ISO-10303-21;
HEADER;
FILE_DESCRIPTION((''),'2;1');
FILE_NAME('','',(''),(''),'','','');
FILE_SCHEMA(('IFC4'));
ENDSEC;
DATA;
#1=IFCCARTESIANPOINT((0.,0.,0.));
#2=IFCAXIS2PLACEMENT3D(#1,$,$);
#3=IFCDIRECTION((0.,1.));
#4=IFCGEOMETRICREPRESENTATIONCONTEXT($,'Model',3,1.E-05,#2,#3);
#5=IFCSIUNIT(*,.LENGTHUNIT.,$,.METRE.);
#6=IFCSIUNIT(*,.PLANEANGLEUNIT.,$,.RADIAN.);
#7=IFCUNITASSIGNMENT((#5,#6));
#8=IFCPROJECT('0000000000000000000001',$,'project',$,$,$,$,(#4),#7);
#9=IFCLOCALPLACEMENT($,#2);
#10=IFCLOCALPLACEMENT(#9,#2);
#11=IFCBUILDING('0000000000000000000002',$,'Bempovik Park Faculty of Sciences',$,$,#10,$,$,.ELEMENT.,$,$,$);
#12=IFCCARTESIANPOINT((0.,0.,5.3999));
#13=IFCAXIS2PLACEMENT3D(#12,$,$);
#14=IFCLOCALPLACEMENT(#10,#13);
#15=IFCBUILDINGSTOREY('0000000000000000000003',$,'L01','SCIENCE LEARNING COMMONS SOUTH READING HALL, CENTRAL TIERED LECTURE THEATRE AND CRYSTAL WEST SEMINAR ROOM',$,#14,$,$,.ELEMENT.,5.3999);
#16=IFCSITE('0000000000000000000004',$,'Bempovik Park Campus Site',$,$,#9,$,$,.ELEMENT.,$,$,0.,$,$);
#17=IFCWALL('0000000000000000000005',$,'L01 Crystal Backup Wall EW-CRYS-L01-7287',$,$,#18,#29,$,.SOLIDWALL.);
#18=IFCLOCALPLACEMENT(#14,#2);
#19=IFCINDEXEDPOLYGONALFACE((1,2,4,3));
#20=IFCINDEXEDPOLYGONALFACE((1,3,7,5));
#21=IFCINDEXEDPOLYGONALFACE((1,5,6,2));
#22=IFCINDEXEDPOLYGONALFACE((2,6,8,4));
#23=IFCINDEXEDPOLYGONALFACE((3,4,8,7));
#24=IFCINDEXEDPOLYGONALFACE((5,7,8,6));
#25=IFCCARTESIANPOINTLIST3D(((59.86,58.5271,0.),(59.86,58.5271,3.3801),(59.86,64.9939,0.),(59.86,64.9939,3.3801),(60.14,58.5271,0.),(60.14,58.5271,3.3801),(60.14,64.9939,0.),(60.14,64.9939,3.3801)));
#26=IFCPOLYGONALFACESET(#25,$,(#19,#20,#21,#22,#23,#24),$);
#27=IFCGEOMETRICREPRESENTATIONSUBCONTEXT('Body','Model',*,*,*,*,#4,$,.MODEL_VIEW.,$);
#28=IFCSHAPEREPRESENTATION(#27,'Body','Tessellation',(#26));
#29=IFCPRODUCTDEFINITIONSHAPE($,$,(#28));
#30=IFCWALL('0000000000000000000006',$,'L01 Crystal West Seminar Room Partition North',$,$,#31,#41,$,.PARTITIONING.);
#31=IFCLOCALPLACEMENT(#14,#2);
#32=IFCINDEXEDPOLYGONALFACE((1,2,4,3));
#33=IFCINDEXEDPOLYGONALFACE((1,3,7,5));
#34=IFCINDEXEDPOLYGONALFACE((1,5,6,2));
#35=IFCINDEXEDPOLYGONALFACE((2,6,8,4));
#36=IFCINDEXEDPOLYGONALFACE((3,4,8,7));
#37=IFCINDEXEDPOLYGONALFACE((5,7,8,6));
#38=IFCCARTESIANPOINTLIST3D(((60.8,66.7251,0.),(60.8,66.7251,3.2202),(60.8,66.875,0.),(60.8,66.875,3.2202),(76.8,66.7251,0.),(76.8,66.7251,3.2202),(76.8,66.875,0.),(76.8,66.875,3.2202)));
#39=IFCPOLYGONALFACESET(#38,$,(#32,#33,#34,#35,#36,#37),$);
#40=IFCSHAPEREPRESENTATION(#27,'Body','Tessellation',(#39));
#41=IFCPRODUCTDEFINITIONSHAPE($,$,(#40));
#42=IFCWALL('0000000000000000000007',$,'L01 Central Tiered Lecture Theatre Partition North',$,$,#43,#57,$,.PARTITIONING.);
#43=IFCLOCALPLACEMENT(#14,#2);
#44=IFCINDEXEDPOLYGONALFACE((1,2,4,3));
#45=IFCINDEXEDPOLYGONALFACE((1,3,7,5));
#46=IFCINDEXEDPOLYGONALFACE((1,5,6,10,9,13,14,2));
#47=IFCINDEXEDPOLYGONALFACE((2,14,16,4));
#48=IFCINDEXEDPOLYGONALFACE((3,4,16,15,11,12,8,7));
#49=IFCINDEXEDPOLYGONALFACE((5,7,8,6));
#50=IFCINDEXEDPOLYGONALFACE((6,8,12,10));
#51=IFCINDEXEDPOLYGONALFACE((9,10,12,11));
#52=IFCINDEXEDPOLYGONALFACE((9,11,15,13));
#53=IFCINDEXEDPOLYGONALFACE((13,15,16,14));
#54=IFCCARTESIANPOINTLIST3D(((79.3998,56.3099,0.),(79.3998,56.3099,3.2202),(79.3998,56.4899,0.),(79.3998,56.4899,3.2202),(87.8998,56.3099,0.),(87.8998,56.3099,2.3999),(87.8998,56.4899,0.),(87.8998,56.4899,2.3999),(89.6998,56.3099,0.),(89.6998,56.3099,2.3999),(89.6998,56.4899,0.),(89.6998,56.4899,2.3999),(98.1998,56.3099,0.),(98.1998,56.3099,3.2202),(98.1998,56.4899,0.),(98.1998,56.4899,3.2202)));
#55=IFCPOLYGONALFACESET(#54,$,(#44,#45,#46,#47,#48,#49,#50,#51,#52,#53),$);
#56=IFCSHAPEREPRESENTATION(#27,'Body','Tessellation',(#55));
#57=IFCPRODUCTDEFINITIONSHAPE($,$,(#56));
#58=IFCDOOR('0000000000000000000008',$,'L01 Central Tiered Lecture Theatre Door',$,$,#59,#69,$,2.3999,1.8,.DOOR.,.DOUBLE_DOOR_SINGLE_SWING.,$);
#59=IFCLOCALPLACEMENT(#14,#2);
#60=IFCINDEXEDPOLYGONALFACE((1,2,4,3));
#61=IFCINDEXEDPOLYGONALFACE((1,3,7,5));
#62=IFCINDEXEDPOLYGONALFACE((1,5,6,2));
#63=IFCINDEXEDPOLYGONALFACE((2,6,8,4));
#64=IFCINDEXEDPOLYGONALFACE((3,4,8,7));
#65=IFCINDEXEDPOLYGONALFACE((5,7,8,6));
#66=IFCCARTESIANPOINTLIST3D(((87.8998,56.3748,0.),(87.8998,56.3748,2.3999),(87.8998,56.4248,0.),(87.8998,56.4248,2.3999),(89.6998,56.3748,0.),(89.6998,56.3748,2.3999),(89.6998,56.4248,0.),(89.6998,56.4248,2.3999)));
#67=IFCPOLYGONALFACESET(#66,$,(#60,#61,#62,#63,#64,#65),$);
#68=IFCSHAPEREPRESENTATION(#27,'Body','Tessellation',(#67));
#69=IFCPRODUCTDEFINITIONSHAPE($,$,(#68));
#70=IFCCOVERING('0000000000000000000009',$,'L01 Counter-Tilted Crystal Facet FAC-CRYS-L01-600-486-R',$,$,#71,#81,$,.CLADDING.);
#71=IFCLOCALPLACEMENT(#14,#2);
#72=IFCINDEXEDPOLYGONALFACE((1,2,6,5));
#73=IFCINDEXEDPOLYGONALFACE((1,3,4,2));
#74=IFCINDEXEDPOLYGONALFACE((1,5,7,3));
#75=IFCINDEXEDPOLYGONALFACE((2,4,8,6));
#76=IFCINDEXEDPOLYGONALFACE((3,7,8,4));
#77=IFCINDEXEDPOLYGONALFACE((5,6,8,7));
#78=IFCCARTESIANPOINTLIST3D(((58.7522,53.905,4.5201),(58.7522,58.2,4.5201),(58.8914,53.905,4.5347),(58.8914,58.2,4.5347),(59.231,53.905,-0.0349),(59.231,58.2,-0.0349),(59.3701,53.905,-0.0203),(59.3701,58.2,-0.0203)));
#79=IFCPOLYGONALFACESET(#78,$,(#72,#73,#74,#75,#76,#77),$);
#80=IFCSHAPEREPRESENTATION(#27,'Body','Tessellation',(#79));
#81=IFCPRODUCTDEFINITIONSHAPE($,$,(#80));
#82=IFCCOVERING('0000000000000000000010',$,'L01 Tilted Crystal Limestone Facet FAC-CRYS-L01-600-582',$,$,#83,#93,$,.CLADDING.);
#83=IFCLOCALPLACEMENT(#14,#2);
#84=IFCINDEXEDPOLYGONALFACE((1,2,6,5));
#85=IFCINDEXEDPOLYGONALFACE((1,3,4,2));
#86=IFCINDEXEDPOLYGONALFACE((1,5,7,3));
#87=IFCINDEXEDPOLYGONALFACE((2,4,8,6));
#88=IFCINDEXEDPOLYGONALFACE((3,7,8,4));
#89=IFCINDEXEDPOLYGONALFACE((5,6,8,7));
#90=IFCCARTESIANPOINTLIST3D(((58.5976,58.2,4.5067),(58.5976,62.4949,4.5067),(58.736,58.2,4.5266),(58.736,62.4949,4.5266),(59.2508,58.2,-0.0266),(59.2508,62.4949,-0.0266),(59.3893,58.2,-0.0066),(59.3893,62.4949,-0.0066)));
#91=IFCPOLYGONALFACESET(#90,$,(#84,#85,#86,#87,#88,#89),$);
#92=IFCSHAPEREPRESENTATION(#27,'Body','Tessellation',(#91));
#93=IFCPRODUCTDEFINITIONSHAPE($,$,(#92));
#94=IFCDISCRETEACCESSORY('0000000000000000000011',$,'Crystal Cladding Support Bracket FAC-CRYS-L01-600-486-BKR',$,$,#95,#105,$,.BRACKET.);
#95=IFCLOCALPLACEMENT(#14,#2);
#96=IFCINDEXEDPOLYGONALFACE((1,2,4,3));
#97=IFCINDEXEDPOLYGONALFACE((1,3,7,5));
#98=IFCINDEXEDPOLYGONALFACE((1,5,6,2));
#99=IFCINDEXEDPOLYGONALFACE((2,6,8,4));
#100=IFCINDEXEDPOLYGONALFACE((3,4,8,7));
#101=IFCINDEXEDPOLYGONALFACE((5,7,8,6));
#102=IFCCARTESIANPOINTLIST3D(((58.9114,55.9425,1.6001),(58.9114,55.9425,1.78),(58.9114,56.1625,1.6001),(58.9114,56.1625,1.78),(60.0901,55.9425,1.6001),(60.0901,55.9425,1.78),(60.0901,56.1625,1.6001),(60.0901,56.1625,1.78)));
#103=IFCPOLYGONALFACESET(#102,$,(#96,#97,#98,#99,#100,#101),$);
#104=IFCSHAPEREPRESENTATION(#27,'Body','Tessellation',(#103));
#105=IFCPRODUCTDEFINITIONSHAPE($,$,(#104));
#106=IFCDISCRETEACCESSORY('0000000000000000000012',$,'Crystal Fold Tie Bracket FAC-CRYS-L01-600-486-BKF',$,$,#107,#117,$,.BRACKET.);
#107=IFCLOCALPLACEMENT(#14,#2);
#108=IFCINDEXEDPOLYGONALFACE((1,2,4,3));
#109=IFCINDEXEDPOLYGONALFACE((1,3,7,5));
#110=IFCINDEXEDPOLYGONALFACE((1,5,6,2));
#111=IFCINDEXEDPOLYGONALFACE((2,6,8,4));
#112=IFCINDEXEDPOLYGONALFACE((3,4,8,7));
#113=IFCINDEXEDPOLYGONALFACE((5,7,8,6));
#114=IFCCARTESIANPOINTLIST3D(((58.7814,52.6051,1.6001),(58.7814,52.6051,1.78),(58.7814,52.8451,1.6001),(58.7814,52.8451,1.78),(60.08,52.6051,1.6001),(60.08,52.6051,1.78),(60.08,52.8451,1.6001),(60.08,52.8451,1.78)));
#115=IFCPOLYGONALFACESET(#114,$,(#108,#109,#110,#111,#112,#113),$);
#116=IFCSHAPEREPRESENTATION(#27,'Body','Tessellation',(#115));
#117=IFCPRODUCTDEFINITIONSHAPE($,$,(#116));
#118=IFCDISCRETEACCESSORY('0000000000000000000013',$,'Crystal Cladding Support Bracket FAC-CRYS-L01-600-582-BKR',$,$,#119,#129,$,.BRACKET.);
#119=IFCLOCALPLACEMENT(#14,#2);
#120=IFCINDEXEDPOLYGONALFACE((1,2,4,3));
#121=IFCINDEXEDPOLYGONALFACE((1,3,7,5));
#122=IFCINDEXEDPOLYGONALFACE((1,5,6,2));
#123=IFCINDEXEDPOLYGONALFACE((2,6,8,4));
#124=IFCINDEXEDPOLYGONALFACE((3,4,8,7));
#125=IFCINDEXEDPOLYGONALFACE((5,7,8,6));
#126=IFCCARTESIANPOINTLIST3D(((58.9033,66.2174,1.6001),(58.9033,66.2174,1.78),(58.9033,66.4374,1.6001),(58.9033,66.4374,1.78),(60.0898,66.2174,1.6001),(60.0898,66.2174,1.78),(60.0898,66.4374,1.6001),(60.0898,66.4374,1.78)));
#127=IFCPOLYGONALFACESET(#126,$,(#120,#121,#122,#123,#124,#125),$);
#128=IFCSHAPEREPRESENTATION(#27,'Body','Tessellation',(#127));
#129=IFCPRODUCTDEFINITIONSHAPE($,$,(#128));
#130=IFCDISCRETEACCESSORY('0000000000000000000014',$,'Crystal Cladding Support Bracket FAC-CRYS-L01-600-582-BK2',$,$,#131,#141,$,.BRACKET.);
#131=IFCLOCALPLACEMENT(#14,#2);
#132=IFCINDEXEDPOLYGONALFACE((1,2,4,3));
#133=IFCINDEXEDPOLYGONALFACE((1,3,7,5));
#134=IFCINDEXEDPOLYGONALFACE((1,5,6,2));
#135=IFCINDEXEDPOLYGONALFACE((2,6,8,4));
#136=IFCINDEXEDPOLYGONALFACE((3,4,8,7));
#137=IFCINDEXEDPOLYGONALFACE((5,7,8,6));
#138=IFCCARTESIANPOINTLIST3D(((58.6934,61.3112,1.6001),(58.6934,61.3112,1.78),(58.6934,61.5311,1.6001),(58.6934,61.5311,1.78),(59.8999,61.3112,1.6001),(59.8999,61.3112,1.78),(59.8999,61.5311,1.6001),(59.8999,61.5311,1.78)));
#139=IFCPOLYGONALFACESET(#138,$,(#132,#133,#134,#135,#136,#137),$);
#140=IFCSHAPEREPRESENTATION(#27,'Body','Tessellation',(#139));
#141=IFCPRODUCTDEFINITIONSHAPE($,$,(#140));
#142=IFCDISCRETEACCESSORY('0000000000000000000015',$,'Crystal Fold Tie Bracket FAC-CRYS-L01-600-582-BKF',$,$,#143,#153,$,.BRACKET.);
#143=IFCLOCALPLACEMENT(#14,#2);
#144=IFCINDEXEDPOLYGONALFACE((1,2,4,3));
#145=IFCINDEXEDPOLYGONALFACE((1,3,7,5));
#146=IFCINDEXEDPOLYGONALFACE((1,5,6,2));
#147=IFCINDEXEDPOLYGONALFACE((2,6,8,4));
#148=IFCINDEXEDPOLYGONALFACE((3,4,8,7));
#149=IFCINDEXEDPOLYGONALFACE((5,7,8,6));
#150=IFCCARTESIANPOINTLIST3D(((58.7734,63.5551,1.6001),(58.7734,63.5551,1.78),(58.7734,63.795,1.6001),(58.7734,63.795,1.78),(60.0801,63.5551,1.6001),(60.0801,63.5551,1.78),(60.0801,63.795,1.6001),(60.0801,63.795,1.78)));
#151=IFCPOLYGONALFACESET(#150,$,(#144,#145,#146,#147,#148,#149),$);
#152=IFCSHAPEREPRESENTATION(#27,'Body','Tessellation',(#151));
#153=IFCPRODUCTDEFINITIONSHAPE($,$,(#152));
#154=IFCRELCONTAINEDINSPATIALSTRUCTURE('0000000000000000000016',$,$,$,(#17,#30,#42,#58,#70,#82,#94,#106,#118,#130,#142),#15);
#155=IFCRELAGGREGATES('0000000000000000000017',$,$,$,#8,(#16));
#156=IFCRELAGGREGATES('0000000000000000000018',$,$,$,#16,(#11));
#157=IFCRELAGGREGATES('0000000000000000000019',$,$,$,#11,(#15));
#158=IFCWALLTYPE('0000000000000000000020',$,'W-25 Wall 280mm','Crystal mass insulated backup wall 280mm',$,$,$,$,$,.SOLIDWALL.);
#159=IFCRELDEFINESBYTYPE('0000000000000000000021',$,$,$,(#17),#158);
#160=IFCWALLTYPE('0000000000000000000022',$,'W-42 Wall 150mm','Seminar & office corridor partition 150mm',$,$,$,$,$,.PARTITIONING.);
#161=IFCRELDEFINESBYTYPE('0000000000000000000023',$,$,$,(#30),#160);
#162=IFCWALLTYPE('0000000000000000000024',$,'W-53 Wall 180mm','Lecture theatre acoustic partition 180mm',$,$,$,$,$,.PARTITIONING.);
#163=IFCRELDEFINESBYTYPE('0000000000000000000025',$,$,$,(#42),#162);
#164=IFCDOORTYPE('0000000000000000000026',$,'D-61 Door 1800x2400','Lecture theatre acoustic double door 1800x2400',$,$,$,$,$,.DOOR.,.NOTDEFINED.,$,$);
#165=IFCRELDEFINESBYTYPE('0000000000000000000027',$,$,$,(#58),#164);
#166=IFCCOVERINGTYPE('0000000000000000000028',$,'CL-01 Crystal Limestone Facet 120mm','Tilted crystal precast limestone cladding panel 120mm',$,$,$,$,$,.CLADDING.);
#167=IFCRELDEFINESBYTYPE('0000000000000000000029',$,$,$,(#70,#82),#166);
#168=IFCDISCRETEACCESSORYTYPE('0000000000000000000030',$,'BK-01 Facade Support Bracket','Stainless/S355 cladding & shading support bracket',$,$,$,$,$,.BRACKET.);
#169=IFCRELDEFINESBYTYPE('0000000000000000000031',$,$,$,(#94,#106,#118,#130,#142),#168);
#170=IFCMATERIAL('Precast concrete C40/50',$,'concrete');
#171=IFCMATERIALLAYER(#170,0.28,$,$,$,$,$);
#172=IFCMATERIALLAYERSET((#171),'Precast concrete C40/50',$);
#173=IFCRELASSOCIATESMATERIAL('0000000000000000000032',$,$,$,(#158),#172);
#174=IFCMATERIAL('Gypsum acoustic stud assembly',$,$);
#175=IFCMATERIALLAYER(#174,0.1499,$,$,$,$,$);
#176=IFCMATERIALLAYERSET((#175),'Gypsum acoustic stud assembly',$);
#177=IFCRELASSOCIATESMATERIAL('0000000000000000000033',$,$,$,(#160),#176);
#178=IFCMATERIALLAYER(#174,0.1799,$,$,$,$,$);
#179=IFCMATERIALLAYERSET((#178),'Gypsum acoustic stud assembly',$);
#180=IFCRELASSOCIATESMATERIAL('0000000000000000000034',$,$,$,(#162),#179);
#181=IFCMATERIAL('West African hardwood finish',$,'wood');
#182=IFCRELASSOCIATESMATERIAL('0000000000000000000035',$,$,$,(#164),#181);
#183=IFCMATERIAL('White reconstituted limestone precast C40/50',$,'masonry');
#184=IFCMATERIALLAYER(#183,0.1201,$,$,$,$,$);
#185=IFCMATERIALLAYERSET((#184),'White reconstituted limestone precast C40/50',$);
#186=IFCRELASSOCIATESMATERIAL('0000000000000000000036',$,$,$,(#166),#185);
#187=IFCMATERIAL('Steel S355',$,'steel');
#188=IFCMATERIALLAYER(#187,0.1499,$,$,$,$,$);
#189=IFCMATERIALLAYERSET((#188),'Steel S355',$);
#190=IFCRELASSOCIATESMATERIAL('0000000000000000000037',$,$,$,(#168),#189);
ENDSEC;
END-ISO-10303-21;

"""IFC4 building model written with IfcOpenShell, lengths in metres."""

from ifc_helpers import new_model, si_unit, direction, frame, frame_2d, origin, origin_2d, place, context, subcontext, project, spatial, rectangle, extrude, material, layer, layer_set, type_object, element, fill, save


model = new_model("IFC4")

# Units and contexts
model_context = context("Model", 3, precision=1e-05, world=origin(), true_north=direction((0.0, 1.0)))
body_context = subcontext(model_context, "Body", "Model", "MODEL_VIEW")
ifc_project = project(units=[si_unit("LENGTHUNIT", "METRE"), si_unit("PLANEANGLEUNIT", "RADIAN")], contexts=[model_context])

# Site, building, storey
site_placement = place(None, origin())
site = spatial("IfcSite", under=ifc_project, at=site_placement, Name="Bempovik Park Campus Site", CompositionType="ELEMENT", RefElevation=0.0)
building_placement = place(site_placement, origin())
building = spatial("IfcBuilding", under=site, at=building_placement, Name="Bempovik Park Faculty of Sciences", CompositionType="ELEMENT")
storey_placement = place(building_placement, frame((0.0, 0.0, 5.3999)))
storey = spatial("IfcBuildingStorey", under=building, at=storey_placement, Name="L01", Description="SCIENCE LEARNING COMMONS SOUTH READING HALL, CENTRAL TIERED LECTURE THEATRE AND CRYSTAL WEST SEMINAR ROOM", CompositionType="ELEMENT", Elevation=5.3999)

# Walls
ifc_material_1 = material(Name="Precast concrete C40/50", Category="concrete")
ifc_layer_1 = layer(ifc_material_1, 0.28)
ifc_layer_set_1 = layer_set([ifc_layer_1], Name="Precast concrete C40/50")
wall_type_1 = type_object("IfcWallType", Name="W-25 Wall 280mm", Description="Crystal mass insulated backup wall 280mm", PredefinedType="SOLIDWALL", material=ifc_layer_set_1)
wall_1_placement = place(storey_placement, frame((60.0, 58.5271, 0.0), z_axis=(0.0, 0.0, 1.0), x_axis=(0.0, 1.0, 0.0)))
element("IfcWall", 1, at=wall_1_placement, inside=storey, type_object=wall_type_1, Name="L01 Crystal Backup Wall EW-CRYS-L01-7287", PredefinedType="SOLIDWALL", context=body_context, shape_type="SweptSolid", body=[
    extrude(rectangle(XDim=6.4668, YDim=0.28, at=frame_2d((3.2334, 0.0))), origin(), (0.0, 0.0, 1.0), 3.3801),
])
ifc_material_2 = material(Name="Gypsum acoustic stud assembly")
ifc_layer_2 = layer(ifc_material_2, 0.1499)
ifc_layer_set_2 = layer_set([ifc_layer_2], Name="Gypsum acoustic stud assembly")
wall_type_2 = type_object("IfcWallType", Name="W-42 Wall 150mm", Description="Seminar & office corridor partition 150mm", PredefinedType="PARTITIONING", material=ifc_layer_set_2)
wall_2_placement = place(storey_placement, frame((60.8, 66.8, 0.0), z_axis=(0.0, 0.0, 1.0), x_axis=(1.0, 0.0, 0.0)))
element("IfcWall", 2, at=wall_2_placement, inside=storey, type_object=wall_type_2, Name="L01 Crystal West Seminar Room Partition North", PredefinedType="PARTITIONING", context=body_context, shape_type="SweptSolid", body=[
    extrude(rectangle(XDim=16.0, YDim=0.1499, at=frame_2d((8.0, 0.0))), origin(), (0.0, 0.0, 1.0), 3.2202),
])

# Wall, opening, door
ifc_layer_3 = layer(ifc_material_2, 0.1799)
ifc_layer_set_3 = layer_set([ifc_layer_3], Name="Gypsum acoustic stud assembly")
wall_type_3 = type_object("IfcWallType", Name="W-53 Wall 180mm", Description="Lecture theatre acoustic partition 180mm", PredefinedType="PARTITIONING", material=ifc_layer_set_3)
wall_3_placement = place(storey_placement, frame((79.3999, 56.3999, 0.0), z_axis=(0.0, 0.0, 1.0), x_axis=(1.0, 0.0, 0.0)))
wall_3 = element("IfcWall", 3, at=wall_3_placement, inside=storey, type_object=wall_type_3, Name="L01 Central Tiered Lecture Theatre Partition North", PredefinedType="PARTITIONING", context=body_context, shape_type="SweptSolid", body=[
    extrude(rectangle(XDim=18.8, YDim=0.1799, at=frame_2d((9.3999, 0.0))), origin(), (0.0, 0.0, 1.0), 3.2202),
])
opening_placement = place(wall_3_placement, frame((8.5, 0.0, 0.0)))
opening = element("IfcOpeningElement", 4, at=opening_placement, cuts=wall_3, PredefinedType="OPENING", context=body_context, shape_type="SweptSolid", body=[
    extrude(rectangle(XDim=1.8, YDim=2.3999, at=frame_2d((0.8999, 1.2))), frame((0.0, 0.1001, 0.0), z_axis=(0.0, -1.0, 0.0), x_axis=(1.0, 0.0, 0.0)), (0.0, 0.0, 1.0), 0.2),
])
ifc_material_3 = material(Name="West African hardwood finish", Category="wood")
door_type = type_object("IfcDoorType", Name="D-61 Door 1800x2400", Description="Lecture theatre acoustic double door 1800x2400", OperationType="NOTDEFINED", PredefinedType="DOOR", material=ifc_material_3)
door_placement = place(opening_placement, origin())
door = element("IfcDoor", 5, at=door_placement, inside=storey, type_object=door_type, Name="L01 Central Tiered Lecture Theatre Door", OperationType="DOUBLE_DOOR_SINGLE_SWING", OverallHeight=2.3999, OverallWidth=1.8, PredefinedType="DOOR", context=body_context, shape_type="SweptSolid", body=[
    extrude(rectangle(XDim=1.8, YDim=2.3999, at=frame_2d((0.8999, 1.2))), frame((0.0, 0.0249, 0.0), z_axis=(0.0, -1.0, 0.0), x_axis=(1.0, 0.0, 0.0)), (0.0, 0.0, 1.0), 0.05),
])
fill(opening, door)

# Coverings
ifc_material_4 = material(Name="White reconstituted limestone precast C40/50", Category="masonry")
ifc_layer_4 = layer(ifc_material_4, 0.1201)
ifc_layer_set_4 = layer_set([ifc_layer_4], Name="White reconstituted limestone precast C40/50")
covering_type = type_object("IfcCoveringType", Name="CL-01 Crystal Limestone Facet 120mm", Description="Tilted crystal precast limestone cladding panel 120mm", PredefinedType="CLADDING", material=ifc_layer_set_4)
for number, where, z_axis, x_axis, name in (
    (6, (59.3005, 56.0525, -0.0276), (-0.104528, 0.0, 0.994522), (0.0, 1.0, 0.0), "L01 Counter-Tilted Crystal Facet FAC-CRYS-L01-600-486-R"),
    (7, (59.3201, 60.3474, -0.0166), (-0.142629, 0.0, 0.989776), (0.0, 1.0, 0.0), "L01 Tilted Crystal Limestone Facet FAC-CRYS-L01-600-582"),
):
    element("IfcCovering", number, at=place(storey_placement, frame(where, z_axis=z_axis, x_axis=x_axis)), inside=storey, type_object=covering_type, Name=name, PredefinedType="CLADDING", context=body_context, shape_type="SweptSolid", body=[
        extrude(rectangle(XDim=4.2949, YDim=0.1399, at=origin_2d()), origin(), (0.0, 0.0, 1.0), 4.5801),
    ])

# Discrete accessories
ifc_material_5 = material(Name="Steel S355", Category="steel")
ifc_layer_5 = layer(ifc_material_5, 0.1499)
ifc_layer_set_5 = layer_set([ifc_layer_5], Name="Steel S355")
discrete_accessory_type = type_object("IfcDiscreteAccessoryType", Name="BK-01 Facade Support Bracket", Description="Stainless/S355 cladding & shading support bracket", PredefinedType="BRACKET", material=ifc_layer_set_5)
discrete_accessory_1_placement = place(storey_placement, frame((59.5007, 56.0525, 1.6001), z_axis=(0.0, 0.0, 1.0), x_axis=(1.0, 0.0, 0.0)))
element("IfcDiscreteAccessory", 8, at=discrete_accessory_1_placement, inside=storey, type_object=discrete_accessory_type, Name="Crystal Cladding Support Bracket FAC-CRYS-L01-600-486-BKR", PredefinedType="BRACKET", context=body_context, shape_type="SweptSolid", body=[
    extrude(rectangle(XDim=1.1787, YDim=0.22, at=origin_2d()), origin(), (0.0, 0.0, 1.0), 0.1799),
])
discrete_accessory_2_placement = place(storey_placement, frame((59.4307, 52.7251, 1.6001), z_axis=(0.0, 0.0, 1.0), x_axis=(1.0, 0.0, 0.0)))
element("IfcDiscreteAccessory", 9, at=discrete_accessory_2_placement, inside=storey, type_object=discrete_accessory_type, Name="Crystal Fold Tie Bracket FAC-CRYS-L01-600-486-BKF", PredefinedType="BRACKET", context=body_context, shape_type="SweptSolid", body=[
    extrude(rectangle(XDim=1.2986, YDim=0.24, at=origin_2d()), origin(), (0.0, 0.0, 1.0), 0.1799),
])
discrete_accessory_3_placement = place(storey_placement, frame((59.4966, 66.3274, 1.6001), z_axis=(0.0, 0.0, 1.0), x_axis=(1.0, 0.0, 0.0)))
element("IfcDiscreteAccessory", 10, at=discrete_accessory_3_placement, inside=storey, type_object=discrete_accessory_type, Name="Crystal Cladding Support Bracket FAC-CRYS-L01-600-582-BKR", PredefinedType="BRACKET", context=body_context, shape_type="SweptSolid", body=[
    extrude(rectangle(XDim=1.1865, YDim=0.22, at=origin_2d()), origin(), (0.0, 0.0, 1.0), 0.1799),
])
discrete_accessory_4_placement = place(storey_placement, frame((59.2966, 61.4211, 1.6001), z_axis=(0.0, 0.0, 1.0), x_axis=(1.0, 0.0, 0.0)))
element("IfcDiscreteAccessory", 11, at=discrete_accessory_4_placement, inside=storey, type_object=discrete_accessory_type, Name="Crystal Cladding Support Bracket FAC-CRYS-L01-600-582-BK2", PredefinedType="BRACKET", context=body_context, shape_type="SweptSolid", body=[
    extrude(rectangle(XDim=1.2065, YDim=0.22, at=origin_2d()), origin(), (0.0, 0.0, 1.0), 0.1799),
])
discrete_accessory_5_placement = place(storey_placement, frame((59.4268, 63.675, 1.6001), z_axis=(0.0, 0.0, 1.0), x_axis=(1.0, 0.0, 0.0)))
element("IfcDiscreteAccessory", 12, at=discrete_accessory_5_placement, inside=storey, type_object=discrete_accessory_type, Name="Crystal Fold Tie Bracket FAC-CRYS-L01-600-582-BKF", PredefinedType="BRACKET", context=body_context, shape_type="SweptSolid", body=[
    extrude(rectangle(XDim=1.3066, YDim=0.24, at=origin_2d()), origin(), (0.0, 0.0, 1.0), 0.1799),
])

save(model, "model.ifc")
